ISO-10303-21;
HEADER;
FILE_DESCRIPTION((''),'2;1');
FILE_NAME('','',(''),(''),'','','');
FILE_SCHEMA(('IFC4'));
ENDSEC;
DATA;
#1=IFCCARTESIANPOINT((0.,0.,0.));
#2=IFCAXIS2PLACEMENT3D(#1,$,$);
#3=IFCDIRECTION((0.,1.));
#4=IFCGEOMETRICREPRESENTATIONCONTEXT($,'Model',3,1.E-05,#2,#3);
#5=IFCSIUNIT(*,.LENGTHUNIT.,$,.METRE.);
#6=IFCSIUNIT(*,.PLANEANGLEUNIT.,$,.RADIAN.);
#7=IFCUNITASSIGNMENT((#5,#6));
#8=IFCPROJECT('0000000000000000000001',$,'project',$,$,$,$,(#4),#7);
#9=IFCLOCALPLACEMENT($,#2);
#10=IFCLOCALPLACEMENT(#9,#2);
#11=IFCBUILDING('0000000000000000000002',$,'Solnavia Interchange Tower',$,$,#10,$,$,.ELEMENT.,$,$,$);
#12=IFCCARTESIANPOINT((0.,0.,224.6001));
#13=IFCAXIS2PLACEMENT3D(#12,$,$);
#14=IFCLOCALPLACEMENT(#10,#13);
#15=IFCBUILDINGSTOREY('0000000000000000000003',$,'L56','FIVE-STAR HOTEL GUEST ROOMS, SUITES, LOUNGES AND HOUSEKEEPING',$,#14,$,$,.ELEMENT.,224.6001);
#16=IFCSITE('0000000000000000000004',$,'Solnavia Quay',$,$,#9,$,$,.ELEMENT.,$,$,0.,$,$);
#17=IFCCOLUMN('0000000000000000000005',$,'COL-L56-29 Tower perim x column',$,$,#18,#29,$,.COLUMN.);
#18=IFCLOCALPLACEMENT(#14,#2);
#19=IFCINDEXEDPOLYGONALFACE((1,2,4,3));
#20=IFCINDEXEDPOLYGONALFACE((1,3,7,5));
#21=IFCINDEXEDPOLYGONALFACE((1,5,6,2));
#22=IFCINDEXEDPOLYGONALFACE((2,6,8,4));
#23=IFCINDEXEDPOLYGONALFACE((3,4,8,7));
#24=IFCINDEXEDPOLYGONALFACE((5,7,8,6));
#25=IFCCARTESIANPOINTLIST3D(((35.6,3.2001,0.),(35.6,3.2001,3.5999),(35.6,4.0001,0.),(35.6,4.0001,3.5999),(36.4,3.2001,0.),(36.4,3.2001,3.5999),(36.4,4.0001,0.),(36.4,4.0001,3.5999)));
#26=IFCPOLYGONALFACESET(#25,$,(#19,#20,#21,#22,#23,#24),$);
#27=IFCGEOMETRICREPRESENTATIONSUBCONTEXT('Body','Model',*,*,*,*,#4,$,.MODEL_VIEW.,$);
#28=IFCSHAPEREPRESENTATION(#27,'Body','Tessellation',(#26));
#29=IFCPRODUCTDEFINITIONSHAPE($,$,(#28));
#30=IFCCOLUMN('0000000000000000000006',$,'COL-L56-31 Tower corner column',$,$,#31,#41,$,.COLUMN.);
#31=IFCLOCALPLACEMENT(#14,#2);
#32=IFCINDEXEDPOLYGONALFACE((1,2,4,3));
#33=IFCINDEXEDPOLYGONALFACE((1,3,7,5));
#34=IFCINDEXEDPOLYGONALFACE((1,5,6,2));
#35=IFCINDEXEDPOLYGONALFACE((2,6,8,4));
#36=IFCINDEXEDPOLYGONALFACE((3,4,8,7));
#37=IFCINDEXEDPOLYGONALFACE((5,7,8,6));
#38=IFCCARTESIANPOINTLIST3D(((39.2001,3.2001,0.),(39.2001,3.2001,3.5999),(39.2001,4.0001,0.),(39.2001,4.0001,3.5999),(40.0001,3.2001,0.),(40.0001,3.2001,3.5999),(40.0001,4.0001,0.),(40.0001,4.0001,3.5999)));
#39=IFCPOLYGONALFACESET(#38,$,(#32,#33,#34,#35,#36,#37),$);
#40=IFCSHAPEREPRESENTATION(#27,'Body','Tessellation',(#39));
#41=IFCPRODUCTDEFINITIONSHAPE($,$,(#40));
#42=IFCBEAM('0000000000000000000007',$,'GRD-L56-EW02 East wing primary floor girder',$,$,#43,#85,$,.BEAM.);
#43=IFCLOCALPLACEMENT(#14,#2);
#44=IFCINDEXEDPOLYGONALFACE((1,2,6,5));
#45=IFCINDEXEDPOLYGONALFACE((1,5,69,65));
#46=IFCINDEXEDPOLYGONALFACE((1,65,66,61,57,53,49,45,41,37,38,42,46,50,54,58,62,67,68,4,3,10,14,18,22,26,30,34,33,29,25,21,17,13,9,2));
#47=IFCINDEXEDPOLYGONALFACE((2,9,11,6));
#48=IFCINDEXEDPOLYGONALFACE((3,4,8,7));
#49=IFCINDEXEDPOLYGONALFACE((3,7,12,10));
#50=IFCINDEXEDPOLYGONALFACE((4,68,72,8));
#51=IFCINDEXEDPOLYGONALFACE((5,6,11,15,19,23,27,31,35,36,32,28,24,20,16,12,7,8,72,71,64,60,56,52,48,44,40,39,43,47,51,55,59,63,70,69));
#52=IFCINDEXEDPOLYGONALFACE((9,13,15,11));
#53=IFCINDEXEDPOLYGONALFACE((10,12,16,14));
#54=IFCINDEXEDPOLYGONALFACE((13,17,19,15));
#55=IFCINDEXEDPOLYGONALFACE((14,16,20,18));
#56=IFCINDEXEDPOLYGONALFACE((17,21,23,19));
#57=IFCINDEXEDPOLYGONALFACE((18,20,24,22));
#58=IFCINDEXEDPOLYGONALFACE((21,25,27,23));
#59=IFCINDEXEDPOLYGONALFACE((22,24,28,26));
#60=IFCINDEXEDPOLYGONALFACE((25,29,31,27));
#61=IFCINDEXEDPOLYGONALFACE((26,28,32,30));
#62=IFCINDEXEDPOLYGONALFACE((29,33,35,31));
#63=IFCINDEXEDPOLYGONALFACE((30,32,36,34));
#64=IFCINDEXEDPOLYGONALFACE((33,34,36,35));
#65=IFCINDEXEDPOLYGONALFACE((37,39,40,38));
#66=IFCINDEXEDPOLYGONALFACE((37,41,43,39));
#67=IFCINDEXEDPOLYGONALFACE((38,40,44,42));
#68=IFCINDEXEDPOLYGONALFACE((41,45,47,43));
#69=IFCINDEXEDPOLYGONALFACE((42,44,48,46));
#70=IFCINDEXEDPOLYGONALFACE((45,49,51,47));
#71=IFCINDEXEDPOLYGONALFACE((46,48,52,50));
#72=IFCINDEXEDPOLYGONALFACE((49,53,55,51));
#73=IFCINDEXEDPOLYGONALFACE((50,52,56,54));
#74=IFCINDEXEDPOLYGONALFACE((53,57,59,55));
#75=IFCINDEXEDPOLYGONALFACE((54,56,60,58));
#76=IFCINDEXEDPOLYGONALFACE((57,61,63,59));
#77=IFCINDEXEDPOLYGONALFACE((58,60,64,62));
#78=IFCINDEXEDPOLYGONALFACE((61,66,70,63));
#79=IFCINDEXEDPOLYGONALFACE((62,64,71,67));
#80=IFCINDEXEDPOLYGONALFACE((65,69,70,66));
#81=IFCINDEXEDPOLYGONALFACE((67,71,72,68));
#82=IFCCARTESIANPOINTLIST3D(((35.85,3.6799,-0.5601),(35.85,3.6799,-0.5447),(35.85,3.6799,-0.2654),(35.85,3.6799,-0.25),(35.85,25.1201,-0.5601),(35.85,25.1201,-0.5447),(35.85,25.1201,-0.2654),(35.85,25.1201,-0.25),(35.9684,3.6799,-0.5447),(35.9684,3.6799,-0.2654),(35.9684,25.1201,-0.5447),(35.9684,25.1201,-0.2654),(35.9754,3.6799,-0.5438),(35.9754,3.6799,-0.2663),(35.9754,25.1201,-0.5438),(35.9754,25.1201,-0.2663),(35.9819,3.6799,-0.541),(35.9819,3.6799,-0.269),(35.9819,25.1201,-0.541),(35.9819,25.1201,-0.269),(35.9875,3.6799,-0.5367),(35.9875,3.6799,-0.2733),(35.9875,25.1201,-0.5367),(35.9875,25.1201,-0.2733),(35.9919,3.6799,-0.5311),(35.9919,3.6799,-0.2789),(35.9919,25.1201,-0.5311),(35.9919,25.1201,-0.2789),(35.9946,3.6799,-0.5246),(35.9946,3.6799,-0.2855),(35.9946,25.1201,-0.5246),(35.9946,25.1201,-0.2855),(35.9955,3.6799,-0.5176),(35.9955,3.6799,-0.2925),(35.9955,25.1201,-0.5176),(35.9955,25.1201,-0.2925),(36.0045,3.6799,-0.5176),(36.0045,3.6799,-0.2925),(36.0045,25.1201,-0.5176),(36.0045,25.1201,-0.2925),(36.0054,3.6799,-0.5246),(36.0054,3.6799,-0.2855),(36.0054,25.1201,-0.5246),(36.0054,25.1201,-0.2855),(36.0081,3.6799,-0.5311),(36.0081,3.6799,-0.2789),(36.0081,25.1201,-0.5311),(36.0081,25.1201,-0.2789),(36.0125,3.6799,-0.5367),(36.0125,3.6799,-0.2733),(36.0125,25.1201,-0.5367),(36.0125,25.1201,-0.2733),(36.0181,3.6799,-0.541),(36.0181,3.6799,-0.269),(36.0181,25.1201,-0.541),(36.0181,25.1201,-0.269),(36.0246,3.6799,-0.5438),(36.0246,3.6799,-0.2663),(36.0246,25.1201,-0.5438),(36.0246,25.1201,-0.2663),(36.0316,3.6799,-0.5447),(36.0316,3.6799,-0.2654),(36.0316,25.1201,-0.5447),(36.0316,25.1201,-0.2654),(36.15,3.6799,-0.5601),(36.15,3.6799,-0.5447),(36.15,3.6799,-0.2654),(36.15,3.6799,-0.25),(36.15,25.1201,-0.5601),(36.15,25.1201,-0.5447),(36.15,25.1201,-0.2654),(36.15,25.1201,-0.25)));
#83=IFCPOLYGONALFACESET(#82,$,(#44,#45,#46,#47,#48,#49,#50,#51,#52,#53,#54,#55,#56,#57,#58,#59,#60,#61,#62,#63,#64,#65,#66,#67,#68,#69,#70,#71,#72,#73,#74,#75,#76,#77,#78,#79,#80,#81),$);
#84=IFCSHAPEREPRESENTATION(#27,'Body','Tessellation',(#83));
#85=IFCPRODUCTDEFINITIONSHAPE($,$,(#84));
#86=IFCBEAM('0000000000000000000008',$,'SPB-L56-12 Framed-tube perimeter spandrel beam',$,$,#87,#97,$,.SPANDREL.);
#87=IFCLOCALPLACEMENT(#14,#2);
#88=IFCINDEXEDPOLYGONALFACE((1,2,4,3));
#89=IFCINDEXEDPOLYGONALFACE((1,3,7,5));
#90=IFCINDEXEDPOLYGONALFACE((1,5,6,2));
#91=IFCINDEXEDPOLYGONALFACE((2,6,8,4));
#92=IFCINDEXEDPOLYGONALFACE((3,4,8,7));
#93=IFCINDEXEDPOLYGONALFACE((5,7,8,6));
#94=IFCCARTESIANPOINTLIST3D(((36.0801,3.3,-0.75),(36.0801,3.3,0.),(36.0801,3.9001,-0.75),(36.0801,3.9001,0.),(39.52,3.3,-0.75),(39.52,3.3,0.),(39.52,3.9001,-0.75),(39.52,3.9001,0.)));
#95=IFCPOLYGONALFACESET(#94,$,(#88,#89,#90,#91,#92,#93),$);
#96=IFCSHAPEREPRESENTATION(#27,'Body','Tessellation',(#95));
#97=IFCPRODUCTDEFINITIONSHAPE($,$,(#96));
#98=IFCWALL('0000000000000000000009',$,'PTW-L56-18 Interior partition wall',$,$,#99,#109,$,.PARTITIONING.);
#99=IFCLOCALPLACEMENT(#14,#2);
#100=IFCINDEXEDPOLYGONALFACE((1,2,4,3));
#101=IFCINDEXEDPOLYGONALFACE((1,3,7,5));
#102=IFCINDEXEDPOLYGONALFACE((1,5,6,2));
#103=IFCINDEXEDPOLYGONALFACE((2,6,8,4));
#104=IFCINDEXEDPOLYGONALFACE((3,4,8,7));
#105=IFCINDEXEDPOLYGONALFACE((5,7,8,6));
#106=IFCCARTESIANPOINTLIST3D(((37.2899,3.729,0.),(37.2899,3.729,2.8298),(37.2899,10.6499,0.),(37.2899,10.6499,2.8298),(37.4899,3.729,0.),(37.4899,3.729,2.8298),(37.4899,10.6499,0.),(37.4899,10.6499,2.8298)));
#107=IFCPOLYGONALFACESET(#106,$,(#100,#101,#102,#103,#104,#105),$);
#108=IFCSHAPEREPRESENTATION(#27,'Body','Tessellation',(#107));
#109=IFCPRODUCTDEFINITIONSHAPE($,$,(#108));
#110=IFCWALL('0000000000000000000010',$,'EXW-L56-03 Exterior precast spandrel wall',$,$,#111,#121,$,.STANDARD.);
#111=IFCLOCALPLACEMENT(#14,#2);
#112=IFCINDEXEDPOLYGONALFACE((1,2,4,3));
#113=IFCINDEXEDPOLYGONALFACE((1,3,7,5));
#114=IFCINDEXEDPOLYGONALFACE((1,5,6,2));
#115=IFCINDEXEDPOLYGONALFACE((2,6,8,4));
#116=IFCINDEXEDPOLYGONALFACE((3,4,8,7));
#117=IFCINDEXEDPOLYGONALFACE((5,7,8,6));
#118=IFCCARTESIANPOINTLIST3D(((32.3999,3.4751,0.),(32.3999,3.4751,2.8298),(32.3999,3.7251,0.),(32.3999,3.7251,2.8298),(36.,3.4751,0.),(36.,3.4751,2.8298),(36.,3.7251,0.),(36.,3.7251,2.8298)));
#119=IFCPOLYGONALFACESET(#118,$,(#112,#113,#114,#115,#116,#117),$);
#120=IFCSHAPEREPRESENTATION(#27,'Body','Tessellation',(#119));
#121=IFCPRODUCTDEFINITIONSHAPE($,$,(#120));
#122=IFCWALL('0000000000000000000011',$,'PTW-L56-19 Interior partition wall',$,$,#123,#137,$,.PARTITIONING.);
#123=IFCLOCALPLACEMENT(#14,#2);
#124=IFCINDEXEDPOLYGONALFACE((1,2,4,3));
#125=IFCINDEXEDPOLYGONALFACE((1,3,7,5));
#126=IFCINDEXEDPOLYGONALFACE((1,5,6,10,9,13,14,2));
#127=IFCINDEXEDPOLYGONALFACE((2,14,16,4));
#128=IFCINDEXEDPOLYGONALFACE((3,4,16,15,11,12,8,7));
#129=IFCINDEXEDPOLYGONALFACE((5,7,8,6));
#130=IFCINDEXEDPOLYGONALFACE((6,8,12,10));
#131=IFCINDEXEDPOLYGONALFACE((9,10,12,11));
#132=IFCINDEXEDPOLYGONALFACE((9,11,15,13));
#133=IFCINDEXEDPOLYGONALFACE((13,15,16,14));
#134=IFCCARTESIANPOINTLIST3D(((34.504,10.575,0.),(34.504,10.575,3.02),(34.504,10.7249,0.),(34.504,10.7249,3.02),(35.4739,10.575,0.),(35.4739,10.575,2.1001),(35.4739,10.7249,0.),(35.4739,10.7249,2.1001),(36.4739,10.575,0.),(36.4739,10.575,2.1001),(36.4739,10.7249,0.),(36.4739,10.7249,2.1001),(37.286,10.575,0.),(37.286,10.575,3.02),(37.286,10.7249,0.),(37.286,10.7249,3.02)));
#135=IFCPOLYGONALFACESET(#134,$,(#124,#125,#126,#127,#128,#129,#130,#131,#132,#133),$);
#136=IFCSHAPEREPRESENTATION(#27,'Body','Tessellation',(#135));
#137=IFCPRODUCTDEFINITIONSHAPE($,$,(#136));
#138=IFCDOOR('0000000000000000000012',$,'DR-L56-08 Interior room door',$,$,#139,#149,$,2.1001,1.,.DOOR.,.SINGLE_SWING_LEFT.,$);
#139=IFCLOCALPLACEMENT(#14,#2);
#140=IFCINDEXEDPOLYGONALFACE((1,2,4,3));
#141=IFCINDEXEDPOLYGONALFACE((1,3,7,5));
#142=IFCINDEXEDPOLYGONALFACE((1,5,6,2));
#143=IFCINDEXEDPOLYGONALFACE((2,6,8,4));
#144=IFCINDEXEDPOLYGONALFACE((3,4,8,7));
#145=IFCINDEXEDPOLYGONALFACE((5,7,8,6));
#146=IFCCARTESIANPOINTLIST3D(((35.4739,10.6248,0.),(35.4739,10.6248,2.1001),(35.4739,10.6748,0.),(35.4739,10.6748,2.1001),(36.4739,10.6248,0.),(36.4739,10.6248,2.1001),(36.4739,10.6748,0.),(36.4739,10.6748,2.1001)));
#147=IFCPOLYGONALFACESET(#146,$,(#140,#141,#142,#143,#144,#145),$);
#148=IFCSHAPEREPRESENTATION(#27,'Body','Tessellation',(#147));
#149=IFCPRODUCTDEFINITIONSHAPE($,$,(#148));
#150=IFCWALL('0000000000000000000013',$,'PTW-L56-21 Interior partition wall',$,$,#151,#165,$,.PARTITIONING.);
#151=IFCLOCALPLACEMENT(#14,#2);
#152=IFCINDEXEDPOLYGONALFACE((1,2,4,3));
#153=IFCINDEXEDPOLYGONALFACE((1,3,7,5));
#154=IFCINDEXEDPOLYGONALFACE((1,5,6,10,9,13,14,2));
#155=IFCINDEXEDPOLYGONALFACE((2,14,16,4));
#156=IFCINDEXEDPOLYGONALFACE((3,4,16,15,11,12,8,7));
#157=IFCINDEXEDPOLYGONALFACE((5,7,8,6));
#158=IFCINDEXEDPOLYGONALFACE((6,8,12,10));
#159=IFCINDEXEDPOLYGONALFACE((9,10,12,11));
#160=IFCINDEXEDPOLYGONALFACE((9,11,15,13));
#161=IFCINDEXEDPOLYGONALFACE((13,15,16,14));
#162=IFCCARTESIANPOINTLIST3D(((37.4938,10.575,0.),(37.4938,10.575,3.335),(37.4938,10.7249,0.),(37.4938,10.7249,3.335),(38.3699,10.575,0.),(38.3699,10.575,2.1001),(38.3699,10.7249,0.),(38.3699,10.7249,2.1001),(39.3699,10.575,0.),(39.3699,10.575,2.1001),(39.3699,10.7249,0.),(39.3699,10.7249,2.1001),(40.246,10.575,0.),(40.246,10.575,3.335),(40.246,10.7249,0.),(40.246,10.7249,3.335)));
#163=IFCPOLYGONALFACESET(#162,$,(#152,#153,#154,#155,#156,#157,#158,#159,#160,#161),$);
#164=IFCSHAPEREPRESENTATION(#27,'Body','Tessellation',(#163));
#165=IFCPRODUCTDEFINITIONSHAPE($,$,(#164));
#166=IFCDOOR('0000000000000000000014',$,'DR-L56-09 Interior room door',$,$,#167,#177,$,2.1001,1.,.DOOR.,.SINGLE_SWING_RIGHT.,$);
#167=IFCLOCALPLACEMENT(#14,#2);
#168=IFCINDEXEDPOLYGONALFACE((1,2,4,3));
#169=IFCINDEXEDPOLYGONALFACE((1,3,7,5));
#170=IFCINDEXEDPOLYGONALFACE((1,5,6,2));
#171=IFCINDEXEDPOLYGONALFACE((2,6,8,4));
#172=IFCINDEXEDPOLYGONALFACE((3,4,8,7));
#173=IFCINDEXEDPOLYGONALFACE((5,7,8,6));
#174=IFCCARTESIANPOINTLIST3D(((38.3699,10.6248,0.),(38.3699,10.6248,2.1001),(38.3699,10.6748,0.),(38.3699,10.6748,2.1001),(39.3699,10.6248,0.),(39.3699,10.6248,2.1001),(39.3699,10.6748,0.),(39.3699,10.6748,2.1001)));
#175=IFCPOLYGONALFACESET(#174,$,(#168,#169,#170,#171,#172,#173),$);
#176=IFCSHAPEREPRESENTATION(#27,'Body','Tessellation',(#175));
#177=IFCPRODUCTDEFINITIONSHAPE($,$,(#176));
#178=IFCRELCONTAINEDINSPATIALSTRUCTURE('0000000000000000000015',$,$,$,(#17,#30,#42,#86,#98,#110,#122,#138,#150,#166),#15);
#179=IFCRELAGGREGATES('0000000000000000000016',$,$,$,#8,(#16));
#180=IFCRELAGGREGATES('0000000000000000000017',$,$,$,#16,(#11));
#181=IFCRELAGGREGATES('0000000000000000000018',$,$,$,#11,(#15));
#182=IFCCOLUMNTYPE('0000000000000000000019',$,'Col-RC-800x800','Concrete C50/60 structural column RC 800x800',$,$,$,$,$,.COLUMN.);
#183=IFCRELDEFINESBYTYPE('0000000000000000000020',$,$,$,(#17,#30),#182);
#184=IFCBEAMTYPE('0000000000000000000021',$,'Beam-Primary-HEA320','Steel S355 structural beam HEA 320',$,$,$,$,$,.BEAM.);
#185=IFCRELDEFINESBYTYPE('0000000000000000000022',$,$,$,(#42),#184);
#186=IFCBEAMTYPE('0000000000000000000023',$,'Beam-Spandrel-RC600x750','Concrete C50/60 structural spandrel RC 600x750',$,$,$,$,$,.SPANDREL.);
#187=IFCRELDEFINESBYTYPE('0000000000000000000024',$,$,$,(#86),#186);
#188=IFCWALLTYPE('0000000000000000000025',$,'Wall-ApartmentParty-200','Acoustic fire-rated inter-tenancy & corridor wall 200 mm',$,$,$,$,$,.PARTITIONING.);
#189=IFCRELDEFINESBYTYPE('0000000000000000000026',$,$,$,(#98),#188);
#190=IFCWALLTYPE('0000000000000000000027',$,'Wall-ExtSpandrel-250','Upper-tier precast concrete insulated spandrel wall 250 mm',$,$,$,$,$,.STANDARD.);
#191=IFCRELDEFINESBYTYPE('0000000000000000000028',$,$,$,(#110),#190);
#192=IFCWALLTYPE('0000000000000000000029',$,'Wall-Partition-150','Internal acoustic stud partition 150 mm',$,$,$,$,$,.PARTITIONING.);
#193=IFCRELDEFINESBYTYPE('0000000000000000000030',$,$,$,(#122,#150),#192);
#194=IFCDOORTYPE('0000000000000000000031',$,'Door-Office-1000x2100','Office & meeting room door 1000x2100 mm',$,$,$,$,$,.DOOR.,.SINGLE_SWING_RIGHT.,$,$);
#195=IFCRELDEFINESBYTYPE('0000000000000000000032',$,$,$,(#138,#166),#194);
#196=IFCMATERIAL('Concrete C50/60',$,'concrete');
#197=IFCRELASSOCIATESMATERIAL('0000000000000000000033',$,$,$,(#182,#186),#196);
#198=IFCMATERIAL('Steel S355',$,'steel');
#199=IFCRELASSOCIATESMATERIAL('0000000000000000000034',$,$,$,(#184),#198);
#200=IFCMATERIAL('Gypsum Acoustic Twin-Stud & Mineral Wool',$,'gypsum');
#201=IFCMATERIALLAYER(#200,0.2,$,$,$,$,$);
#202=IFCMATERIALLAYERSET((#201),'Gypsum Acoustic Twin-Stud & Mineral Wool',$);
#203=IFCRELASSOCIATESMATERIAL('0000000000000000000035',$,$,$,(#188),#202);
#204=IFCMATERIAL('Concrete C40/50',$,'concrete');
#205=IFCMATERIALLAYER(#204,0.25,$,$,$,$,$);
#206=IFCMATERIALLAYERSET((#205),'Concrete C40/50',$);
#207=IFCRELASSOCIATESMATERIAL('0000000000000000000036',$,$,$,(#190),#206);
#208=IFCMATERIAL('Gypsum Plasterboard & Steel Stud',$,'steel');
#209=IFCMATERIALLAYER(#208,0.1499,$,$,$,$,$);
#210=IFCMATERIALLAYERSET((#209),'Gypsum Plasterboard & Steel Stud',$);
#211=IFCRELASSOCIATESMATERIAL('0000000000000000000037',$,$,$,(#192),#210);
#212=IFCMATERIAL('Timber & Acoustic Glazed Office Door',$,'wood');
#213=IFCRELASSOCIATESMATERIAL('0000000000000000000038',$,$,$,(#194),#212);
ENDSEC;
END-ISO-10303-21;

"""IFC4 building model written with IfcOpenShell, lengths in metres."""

from ifc_helpers import new_model, si_unit, direction, frame, frame_2d, origin, origin_2d, place, context, subcontext, project, spatial, rectangle, i_section, extrude, material, layer, layer_set, material_profile, profile_set, type_object, element, fill, save


model = new_model("IFC4")

# Units and contexts
model_context = context("Model", 3, precision=1e-05, world=origin(), true_north=direction((0.0, 1.0)))
body_context = subcontext(model_context, "Body", "Model", "MODEL_VIEW")
ifc_project = project(units=[si_unit("LENGTHUNIT", "METRE"), si_unit("PLANEANGLEUNIT", "RADIAN")], contexts=[model_context])

# Site, building, storey
site_placement = place(None, origin())
site = spatial("IfcSite", under=ifc_project, at=site_placement, Name="Solnavia Quay", CompositionType="ELEMENT", RefElevation=0.0)
building_placement = place(site_placement, origin())
building = spatial("IfcBuilding", under=site, at=building_placement, Name="Solnavia Interchange Tower", CompositionType="ELEMENT")
storey_placement = place(building_placement, frame((0.0, 0.0, 224.6001)))
storey = spatial("IfcBuildingStorey", under=building, at=storey_placement, Name="L56", Description="FIVE-STAR HOTEL GUEST ROOMS, SUITES, LOUNGES AND HOUSEKEEPING", CompositionType="ELEMENT", Elevation=224.6001)

# Columns
ifc_material_1 = material(Name="Concrete C50/60", Category="concrete")
ifc_material_profile_1 = material_profile(ifc_material_1, rectangle(XDim=0.8, YDim=0.8, at=origin_2d()), Name="RC 800x800")
ifc_profile_set_1 = profile_set([ifc_material_profile_1], Name="Concrete C50/60")
column_type = type_object("IfcColumnType", Name="Col-RC-800x800", Description="Concrete C50/60 structural column RC 800x800", PredefinedType="COLUMN", material=ifc_profile_set_1)
for number, where, z_axis, x_axis, name in (
    (1, (36.0, 3.6001, 0.0), (0.0, 0.0, 1.0), (1.0, 0.0, 0.0), "COL-L56-29 Tower perim x column"),
    (2, (39.6001, 3.6001, 0.0), (0.0, 0.0, 1.0), (1.0, 0.0, 0.0), "COL-L56-31 Tower corner column"),
):
    element("IfcColumn", number, at=place(storey_placement, frame(where, z_axis=z_axis, x_axis=x_axis)), inside=storey, type_object=column_type, Name=name, PredefinedType="COLUMN", context=body_context, shape_type="SweptSolid", body=[
        extrude(rectangle(XDim=0.8, YDim=0.8, at=origin_2d()), origin(), (0.0, 0.0, 1.0), 3.5999),
    ])

# Beams
ifc_material_2 = material(Name="Steel S355", Category="steel")
ifc_material_profile_2 = material_profile(ifc_material_2, i_section(OverallWidth=0.3, OverallDepth=0.3101, WebThickness=0.009, FlangeThickness=0.0154, FilletRadius=0.0271, at=origin_2d()), Name="HEA 320")
ifc_profile_set_2 = profile_set([ifc_material_profile_2], Name="Steel S355")
beam_type_1 = type_object("IfcBeamType", Name="Beam-Primary-HEA320", Description="Steel S355 structural beam HEA 320", PredefinedType="BEAM", material=ifc_profile_set_2)
beam_1_placement = place(storey_placement, frame((36.0, 3.6799, -0.405), z_axis=(0.0, 1.0, 0.0), x_axis=(-1.0, 0.0, 0.0)))
element("IfcBeam", 3, at=beam_1_placement, inside=storey, type_object=beam_type_1, Name="GRD-L56-EW02 East wing primary floor girder", PredefinedType="BEAM", context=body_context, shape_type="SweptSolid", body=[
    extrude(i_section(OverallWidth=0.3, OverallDepth=0.3101, WebThickness=0.009, FlangeThickness=0.0154, FilletRadius=0.0271, at=origin_2d()), origin(), (0.0, 0.0, 1.0), 21.4402),
])
ifc_material_profile_3 = material_profile(ifc_material_1, rectangle(XDim=0.6001, YDim=0.75, at=origin_2d()), Name="RC 600x750")
ifc_profile_set_3 = profile_set([ifc_material_profile_3], Name="Concrete C50/60")
beam_type_2 = type_object("IfcBeamType", Name="Beam-Spandrel-RC600x750", Description="Concrete C50/60 structural spandrel RC 600x750", PredefinedType="SPANDREL", material=ifc_profile_set_3)
beam_2_placement = place(storey_placement, frame((36.0801, 3.6001, -0.375), z_axis=(1.0, 0.0, 0.0), x_axis=(0.0, 1.0, 0.0)))
element("IfcBeam", 4, at=beam_2_placement, inside=storey, type_object=beam_type_2, Name="SPB-L56-12 Framed-tube perimeter spandrel beam", PredefinedType="SPANDREL", context=body_context, shape_type="SweptSolid", body=[
    extrude(rectangle(XDim=0.6001, YDim=0.75, at=origin_2d()), origin(), (0.0, 0.0, 1.0), 3.4399),
])

# Walls
ifc_material_3 = material(Name="Gypsum Acoustic Twin-Stud & Mineral Wool", Category="gypsum")
ifc_layer_1 = layer(ifc_material_3, 0.2)
ifc_layer_set_1 = layer_set([ifc_layer_1], Name="Gypsum Acoustic Twin-Stud & Mineral Wool")
wall_type_1 = type_object("IfcWallType", Name="Wall-ApartmentParty-200", Description="Acoustic fire-rated inter-tenancy & corridor wall 200 mm", PredefinedType="PARTITIONING", material=ifc_layer_set_1)
wall_1_placement = place(storey_placement, frame((37.3899, 3.729, 0.0), z_axis=(0.0, 0.0, 1.0), x_axis=(0.0, 1.0, 0.0)))
element("IfcWall", 5, at=wall_1_placement, inside=storey, type_object=wall_type_1, Name="PTW-L56-18 Interior partition wall", PredefinedType="PARTITIONING", context=body_context, shape_type="SweptSolid", body=[
    extrude(rectangle(XDim=6.9209, YDim=0.2, at=frame_2d((3.4604, 0.0))), origin(), (0.0, 0.0, 1.0), 2.8298),
])
ifc_material_4 = material(Name="Concrete C40/50", Category="concrete")
ifc_layer_2 = layer(ifc_material_4, 0.25)
ifc_layer_set_2 = layer_set([ifc_layer_2], Name="Concrete C40/50")
wall_type_2 = type_object("IfcWallType", Name="Wall-ExtSpandrel-250", Description="Upper-tier precast concrete insulated spandrel wall 250 mm", PredefinedType="STANDARD", material=ifc_layer_set_2)
wall_2_placement = place(storey_placement, frame((36.0, 3.6001, 0.0), z_axis=(0.0, 0.0, 1.0), x_axis=(-1.0, 0.0, 0.0)))
element("IfcWall", 6, at=wall_2_placement, inside=storey, type_object=wall_type_2, Name="EXW-L56-03 Exterior precast spandrel wall", PredefinedType="STANDARD", context=body_context, shape_type="SweptSolid", body=[
    extrude(rectangle(XDim=3.6001, YDim=0.25, at=frame_2d((1.8, 0.0))), origin(), (0.0, 0.0, 1.0), 2.8298),
])

# Walls, openings, doors
ifc_material_5 = material(Name="Gypsum Plasterboard & Steel Stud", Category="steel")
ifc_layer_3 = layer(ifc_material_5, 0.1499)
ifc_layer_set_3 = layer_set([ifc_layer_3], Name="Gypsum Plasterboard & Steel Stud")
wall_type_3 = type_object("IfcWallType", Name="Wall-Partition-150", Description="Internal acoustic stud partition 150 mm", PredefinedType="PARTITIONING", material=ifc_layer_set_3)
wall_3_placement = place(storey_placement, frame((34.5039, 10.6499, 0.0), z_axis=(0.0, 0.0, 1.0), x_axis=(1.0, 0.0, 0.0)))
wall_3 = element("IfcWall", 7, at=wall_3_placement, inside=storey, type_object=wall_type_3, Name="PTW-L56-19 Interior partition wall", PredefinedType="PARTITIONING", context=body_context, shape_type="SweptSolid", body=[
    extrude(rectangle(XDim=2.782, YDim=0.1499, at=frame_2d((1.3911, 0.0))), origin(), (0.0, 0.0, 1.0), 3.02),
])
opening_1_placement = place(wall_3_placement, frame((0.97, 0.0, 0.0)))
opening_1 = element("IfcOpeningElement", 8, at=opening_1_placement, cuts=wall_3, PredefinedType="OPENING", context=body_context, shape_type="SweptSolid", body=[
    extrude(rectangle(XDim=1.0, YDim=2.1001, at=frame_2d((0.5, 1.05))), frame((0.0, 0.085, 0.0), z_axis=(0.0, -1.0, 0.0), x_axis=(1.0, 0.0, 0.0)), (0.0, 0.0, 1.0), 0.1699),
])
ifc_material_6 = material(Name="Timber & Acoustic Glazed Office Door", Category="wood")
door_type_1 = type_object("IfcDoorType", Name="Door-Office-1000x2100", Description="Office & meeting room door 1000x2100 mm", OperationType="SINGLE_SWING_RIGHT", PredefinedType="DOOR", material=ifc_material_6)
door_1_placement = place(opening_1_placement, origin())
door_1 = element("IfcDoor", 9, at=door_1_placement, inside=storey, type_object=door_type_1, Name="DR-L56-08 Interior room door", OperationType="SINGLE_SWING_LEFT", OverallHeight=2.1001, OverallWidth=1.0, PredefinedType="DOOR", context=body_context, shape_type="SweptSolid", body=[
    extrude(rectangle(XDim=1.0, YDim=2.1001, at=frame_2d((0.5, 1.05))), frame((0.0, 0.0249, 0.0), z_axis=(0.0, -1.0, 0.0), x_axis=(1.0, 0.0, 0.0)), (0.0, 0.0, 1.0), 0.05),
])
fill(opening_1, door_1)
wall_4_placement = place(storey_placement, frame((37.4939, 10.6499, 0.0), z_axis=(0.0, 0.0, 1.0), x_axis=(1.0, 0.0, 0.0)))
wall_4 = element("IfcWall", 10, at=wall_4_placement, inside=storey, type_object=wall_type_3, Name="PTW-L56-21 Interior partition wall", PredefinedType="PARTITIONING", context=body_context, shape_type="SweptSolid", body=[
    extrude(rectangle(XDim=2.7522, YDim=0.1499, at=frame_2d((1.376, 0.0))), origin(), (0.0, 0.0, 1.0), 3.335),
])
opening_2_placement = place(wall_4_placement, frame((0.876, 0.0, 0.0)))
opening_2 = element("IfcOpeningElement", 11, at=opening_2_placement, cuts=wall_4, PredefinedType="OPENING", context=body_context, shape_type="SweptSolid", body=[
    extrude(rectangle(XDim=1.0, YDim=2.1001, at=frame_2d((0.5, 1.05))), frame((0.0, 0.085, 0.0), z_axis=(0.0, -1.0, 0.0), x_axis=(1.0, 0.0, 0.0)), (0.0, 0.0, 1.0), 0.1699),
])
door_2_placement = place(opening_2_placement, origin())
door_2 = element("IfcDoor", 12, at=door_2_placement, inside=storey, type_object=door_type_1, Name="DR-L56-09 Interior room door", OperationType="SINGLE_SWING_RIGHT", OverallHeight=2.1001, OverallWidth=1.0, PredefinedType="DOOR", context=body_context, shape_type="SweptSolid", body=[
    extrude(rectangle(XDim=1.0, YDim=2.1001, at=frame_2d((0.5, 1.05))), frame((0.0, 0.0249, 0.0), z_axis=(0.0, -1.0, 0.0), x_axis=(1.0, 0.0, 0.0)), (0.0, 0.0, 1.0), 0.05),
])
fill(opening_2, door_2)

save(model, "model.ifc")
